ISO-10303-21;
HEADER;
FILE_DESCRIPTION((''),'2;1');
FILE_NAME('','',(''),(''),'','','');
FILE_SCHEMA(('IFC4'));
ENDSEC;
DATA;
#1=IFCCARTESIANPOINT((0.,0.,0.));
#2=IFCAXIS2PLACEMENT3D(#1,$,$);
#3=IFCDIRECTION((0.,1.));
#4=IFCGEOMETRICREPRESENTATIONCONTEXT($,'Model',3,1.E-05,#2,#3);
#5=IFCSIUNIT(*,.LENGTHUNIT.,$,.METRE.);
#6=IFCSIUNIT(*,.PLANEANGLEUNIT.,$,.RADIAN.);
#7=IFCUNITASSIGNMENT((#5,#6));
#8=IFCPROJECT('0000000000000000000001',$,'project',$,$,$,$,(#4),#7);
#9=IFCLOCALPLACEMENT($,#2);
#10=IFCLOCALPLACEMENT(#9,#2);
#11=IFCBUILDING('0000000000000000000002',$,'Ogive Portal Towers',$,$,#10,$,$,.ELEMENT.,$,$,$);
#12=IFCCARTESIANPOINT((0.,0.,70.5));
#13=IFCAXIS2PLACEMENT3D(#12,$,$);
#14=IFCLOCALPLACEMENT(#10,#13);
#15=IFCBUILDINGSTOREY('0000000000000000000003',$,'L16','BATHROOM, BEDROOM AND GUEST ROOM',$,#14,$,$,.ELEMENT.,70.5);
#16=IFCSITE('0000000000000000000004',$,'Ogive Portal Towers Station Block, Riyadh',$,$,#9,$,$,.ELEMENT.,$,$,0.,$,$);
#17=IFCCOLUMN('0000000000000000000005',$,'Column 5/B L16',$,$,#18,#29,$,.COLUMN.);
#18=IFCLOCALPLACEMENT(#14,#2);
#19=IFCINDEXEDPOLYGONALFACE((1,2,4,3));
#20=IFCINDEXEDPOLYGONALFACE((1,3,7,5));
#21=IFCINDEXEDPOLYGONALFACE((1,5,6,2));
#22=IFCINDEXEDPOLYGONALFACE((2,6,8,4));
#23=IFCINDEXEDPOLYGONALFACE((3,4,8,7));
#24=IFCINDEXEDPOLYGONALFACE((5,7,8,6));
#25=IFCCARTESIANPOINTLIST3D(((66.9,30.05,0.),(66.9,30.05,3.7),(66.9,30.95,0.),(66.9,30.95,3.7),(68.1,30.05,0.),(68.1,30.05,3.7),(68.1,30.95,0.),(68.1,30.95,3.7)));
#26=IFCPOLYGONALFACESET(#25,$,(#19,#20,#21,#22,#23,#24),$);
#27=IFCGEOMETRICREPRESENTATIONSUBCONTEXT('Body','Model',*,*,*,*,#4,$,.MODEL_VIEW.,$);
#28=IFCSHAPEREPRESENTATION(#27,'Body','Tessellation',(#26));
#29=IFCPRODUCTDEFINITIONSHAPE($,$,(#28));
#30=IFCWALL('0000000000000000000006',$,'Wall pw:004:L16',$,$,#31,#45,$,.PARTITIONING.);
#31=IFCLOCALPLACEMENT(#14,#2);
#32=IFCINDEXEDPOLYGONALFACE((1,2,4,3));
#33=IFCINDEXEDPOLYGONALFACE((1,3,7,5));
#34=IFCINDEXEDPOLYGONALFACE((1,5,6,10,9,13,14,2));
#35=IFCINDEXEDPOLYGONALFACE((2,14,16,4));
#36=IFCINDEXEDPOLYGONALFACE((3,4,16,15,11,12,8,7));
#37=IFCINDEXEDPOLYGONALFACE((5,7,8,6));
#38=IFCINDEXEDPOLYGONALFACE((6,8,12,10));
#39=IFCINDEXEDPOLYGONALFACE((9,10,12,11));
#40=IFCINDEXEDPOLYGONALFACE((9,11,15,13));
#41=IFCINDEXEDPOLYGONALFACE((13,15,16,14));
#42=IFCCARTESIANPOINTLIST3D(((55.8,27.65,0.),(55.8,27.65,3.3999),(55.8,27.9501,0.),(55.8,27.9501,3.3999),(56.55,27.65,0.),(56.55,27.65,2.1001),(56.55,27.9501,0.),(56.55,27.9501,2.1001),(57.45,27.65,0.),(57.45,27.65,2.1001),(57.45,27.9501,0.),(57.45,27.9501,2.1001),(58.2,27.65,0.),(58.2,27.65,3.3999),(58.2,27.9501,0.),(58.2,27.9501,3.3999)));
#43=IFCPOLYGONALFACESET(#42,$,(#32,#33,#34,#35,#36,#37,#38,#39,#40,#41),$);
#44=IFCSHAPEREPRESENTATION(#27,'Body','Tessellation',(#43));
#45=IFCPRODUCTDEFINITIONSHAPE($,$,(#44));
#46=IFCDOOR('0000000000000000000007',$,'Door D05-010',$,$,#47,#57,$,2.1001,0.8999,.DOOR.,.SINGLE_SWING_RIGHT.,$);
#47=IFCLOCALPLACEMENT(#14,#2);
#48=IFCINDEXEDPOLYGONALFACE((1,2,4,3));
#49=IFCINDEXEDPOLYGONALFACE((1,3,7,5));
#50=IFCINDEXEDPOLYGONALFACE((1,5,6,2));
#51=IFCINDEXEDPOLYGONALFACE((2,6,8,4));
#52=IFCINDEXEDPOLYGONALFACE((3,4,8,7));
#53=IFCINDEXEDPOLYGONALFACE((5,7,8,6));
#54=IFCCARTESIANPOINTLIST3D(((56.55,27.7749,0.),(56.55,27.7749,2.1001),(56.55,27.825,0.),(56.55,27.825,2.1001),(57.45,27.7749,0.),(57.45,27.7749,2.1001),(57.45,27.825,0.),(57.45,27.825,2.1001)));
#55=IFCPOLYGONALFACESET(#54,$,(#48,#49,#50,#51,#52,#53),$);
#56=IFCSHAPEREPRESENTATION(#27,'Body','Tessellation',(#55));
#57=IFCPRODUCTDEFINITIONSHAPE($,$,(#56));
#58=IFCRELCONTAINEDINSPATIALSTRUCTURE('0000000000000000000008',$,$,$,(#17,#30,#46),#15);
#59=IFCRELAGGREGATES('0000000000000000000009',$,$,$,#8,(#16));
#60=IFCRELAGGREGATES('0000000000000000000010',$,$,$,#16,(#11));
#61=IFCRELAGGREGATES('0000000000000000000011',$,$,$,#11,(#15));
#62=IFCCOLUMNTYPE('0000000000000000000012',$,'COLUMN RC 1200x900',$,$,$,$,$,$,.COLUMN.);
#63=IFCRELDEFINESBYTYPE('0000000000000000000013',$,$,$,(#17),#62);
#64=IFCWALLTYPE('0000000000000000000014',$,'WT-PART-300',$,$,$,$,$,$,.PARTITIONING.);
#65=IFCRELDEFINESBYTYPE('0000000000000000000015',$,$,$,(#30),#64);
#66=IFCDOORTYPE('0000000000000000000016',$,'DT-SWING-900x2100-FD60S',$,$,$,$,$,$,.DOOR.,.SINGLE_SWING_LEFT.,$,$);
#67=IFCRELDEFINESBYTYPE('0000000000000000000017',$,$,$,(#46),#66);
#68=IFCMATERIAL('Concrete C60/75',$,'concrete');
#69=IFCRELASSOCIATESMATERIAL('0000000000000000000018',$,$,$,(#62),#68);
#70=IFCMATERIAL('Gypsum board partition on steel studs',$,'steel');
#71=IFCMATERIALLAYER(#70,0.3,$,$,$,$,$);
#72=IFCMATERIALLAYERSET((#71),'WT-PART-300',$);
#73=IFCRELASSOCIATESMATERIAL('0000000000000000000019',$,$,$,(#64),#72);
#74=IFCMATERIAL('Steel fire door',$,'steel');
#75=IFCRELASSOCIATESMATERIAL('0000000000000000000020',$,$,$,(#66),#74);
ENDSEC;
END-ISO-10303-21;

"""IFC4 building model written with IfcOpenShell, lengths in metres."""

from ifc_helpers import new_model, si_unit, direction, frame, frame_2d, origin, origin_2d, place, context, subcontext, project, spatial, rectangle, extrude, material, layer, layer_set, material_profile, profile_set, type_object, element, fill, save


model = new_model("IFC4")

# Units and contexts
model_context = context("Model", 3, precision=1e-05, world=origin(), true_north=direction((0.0, 1.0)))
body_context = subcontext(model_context, "Body", "Model", "MODEL_VIEW")
ifc_project = project(units=[si_unit("LENGTHUNIT", "METRE"), si_unit("PLANEANGLEUNIT", "RADIAN")], contexts=[model_context])

# Site, building, storey
site_placement = place(None, origin())
site = spatial("IfcSite", under=ifc_project, at=site_placement, Name="Ogive Portal Towers Station Block, Riyadh", CompositionType="ELEMENT", RefElevation=0.0)
building_placement = place(site_placement, origin())
building = spatial("IfcBuilding", under=site, at=building_placement, Name="Ogive Portal Towers", CompositionType="ELEMENT")
storey_placement = place(building_placement, frame((0.0, 0.0, 70.5)))
storey = spatial("IfcBuildingStorey", under=building, at=storey_placement, Name="L16", Description="BATHROOM, BEDROOM AND GUEST ROOM", CompositionType="ELEMENT", Elevation=70.5)

# Column
ifc_material_1 = material(Name="Concrete C60/75", Category="concrete")
ifc_material_profile = material_profile(ifc_material_1, rectangle(XDim=1.2, YDim=0.8999, at=origin_2d()), Name="RC 1200x900")
ifc_profile_set = profile_set([ifc_material_profile], Name="Concrete C60/75")
column_type = type_object("IfcColumnType", Name="COLUMN RC 1200x900", PredefinedType="COLUMN", material=ifc_profile_set)
column_placement = place(storey_placement, frame((67.5, 30.5, 0.0), z_axis=(0.0, 0.0, 1.0), x_axis=(1.0, 0.0, 0.0)))
element("IfcColumn", 1, at=column_placement, inside=storey, type_object=column_type, Name="Column 5/B L16", PredefinedType="COLUMN", context=body_context, shape_type="SweptSolid", body=[
    extrude(rectangle(XDim=1.2, YDim=0.8999, at=origin_2d()), origin(), (0.0, 0.0, 1.0), 3.7),
])

# Wall, opening, door
ifc_material_2 = material(Name="Gypsum board partition on steel studs", Category="steel")
ifc_layer_1 = layer(ifc_material_2, 0.3)
ifc_layer_set_1 = layer_set([ifc_layer_1], Name="WT-PART-300")
wall_type_1 = type_object("IfcWallType", Name="WT-PART-300", PredefinedType="PARTITIONING", material=ifc_layer_set_1)
wall_1_placement = place(storey_placement, frame((55.8, 27.8, 0.0), z_axis=(0.0, 0.0, 1.0), x_axis=(1.0, 0.0, 0.0)))
wall_1 = element("IfcWall", 2, at=wall_1_placement, inside=storey, type_object=wall_type_1, Name="Wall pw:004:L16", PredefinedType="PARTITIONING", context=body_context, shape_type="SweptSolid", body=[
    extrude(rectangle(XDim=2.3999, YDim=0.3, at=frame_2d((1.2, 0.0))), origin(), (0.0, 0.0, 1.0), 3.3999),
])
opening_1_placement = place(wall_1_placement, frame((0.75, 0.0, 0.0)))
opening_1 = element("IfcOpeningElement", 3, at=opening_1_placement, cuts=wall_1, PredefinedType="OPENING", context=body_context, shape_type="SweptSolid", body=[
    extrude(rectangle(XDim=0.8999, YDim=2.1001, at=frame_2d((0.45, 1.05))), frame((0.0, 0.1602, 0.0), z_axis=(0.0, -1.0, 0.0), x_axis=(1.0, 0.0, 0.0)), (0.0, 0.0, 1.0), 0.3201),
])
ifc_material_3 = material(Name="Steel fire door", Category="steel")
door_type_1 = type_object("IfcDoorType", Name="DT-SWING-900x2100-FD60S", OperationType="SINGLE_SWING_LEFT", PredefinedType="DOOR", material=ifc_material_3)
door_1_placement = place(opening_1_placement, origin())
door_1 = element("IfcDoor", 4, at=door_1_placement, inside=storey, type_object=door_type_1, Name="Door D05-010", OperationType="SINGLE_SWING_RIGHT", OverallHeight=2.1001, OverallWidth=0.8999, PredefinedType="DOOR", context=body_context, shape_type="SweptSolid", body=[
    extrude(rectangle(XDim=0.8999, YDim=2.1001, at=frame_2d((0.45, 1.05))), frame((0.0, 0.0249, 0.0), z_axis=(0.0, -1.0, 0.0), x_axis=(1.0, 0.0, 0.0)), (0.0, 0.0, 1.0), 0.05),
])
fill(opening_1, door_1)

save(model, "model.ifc")
